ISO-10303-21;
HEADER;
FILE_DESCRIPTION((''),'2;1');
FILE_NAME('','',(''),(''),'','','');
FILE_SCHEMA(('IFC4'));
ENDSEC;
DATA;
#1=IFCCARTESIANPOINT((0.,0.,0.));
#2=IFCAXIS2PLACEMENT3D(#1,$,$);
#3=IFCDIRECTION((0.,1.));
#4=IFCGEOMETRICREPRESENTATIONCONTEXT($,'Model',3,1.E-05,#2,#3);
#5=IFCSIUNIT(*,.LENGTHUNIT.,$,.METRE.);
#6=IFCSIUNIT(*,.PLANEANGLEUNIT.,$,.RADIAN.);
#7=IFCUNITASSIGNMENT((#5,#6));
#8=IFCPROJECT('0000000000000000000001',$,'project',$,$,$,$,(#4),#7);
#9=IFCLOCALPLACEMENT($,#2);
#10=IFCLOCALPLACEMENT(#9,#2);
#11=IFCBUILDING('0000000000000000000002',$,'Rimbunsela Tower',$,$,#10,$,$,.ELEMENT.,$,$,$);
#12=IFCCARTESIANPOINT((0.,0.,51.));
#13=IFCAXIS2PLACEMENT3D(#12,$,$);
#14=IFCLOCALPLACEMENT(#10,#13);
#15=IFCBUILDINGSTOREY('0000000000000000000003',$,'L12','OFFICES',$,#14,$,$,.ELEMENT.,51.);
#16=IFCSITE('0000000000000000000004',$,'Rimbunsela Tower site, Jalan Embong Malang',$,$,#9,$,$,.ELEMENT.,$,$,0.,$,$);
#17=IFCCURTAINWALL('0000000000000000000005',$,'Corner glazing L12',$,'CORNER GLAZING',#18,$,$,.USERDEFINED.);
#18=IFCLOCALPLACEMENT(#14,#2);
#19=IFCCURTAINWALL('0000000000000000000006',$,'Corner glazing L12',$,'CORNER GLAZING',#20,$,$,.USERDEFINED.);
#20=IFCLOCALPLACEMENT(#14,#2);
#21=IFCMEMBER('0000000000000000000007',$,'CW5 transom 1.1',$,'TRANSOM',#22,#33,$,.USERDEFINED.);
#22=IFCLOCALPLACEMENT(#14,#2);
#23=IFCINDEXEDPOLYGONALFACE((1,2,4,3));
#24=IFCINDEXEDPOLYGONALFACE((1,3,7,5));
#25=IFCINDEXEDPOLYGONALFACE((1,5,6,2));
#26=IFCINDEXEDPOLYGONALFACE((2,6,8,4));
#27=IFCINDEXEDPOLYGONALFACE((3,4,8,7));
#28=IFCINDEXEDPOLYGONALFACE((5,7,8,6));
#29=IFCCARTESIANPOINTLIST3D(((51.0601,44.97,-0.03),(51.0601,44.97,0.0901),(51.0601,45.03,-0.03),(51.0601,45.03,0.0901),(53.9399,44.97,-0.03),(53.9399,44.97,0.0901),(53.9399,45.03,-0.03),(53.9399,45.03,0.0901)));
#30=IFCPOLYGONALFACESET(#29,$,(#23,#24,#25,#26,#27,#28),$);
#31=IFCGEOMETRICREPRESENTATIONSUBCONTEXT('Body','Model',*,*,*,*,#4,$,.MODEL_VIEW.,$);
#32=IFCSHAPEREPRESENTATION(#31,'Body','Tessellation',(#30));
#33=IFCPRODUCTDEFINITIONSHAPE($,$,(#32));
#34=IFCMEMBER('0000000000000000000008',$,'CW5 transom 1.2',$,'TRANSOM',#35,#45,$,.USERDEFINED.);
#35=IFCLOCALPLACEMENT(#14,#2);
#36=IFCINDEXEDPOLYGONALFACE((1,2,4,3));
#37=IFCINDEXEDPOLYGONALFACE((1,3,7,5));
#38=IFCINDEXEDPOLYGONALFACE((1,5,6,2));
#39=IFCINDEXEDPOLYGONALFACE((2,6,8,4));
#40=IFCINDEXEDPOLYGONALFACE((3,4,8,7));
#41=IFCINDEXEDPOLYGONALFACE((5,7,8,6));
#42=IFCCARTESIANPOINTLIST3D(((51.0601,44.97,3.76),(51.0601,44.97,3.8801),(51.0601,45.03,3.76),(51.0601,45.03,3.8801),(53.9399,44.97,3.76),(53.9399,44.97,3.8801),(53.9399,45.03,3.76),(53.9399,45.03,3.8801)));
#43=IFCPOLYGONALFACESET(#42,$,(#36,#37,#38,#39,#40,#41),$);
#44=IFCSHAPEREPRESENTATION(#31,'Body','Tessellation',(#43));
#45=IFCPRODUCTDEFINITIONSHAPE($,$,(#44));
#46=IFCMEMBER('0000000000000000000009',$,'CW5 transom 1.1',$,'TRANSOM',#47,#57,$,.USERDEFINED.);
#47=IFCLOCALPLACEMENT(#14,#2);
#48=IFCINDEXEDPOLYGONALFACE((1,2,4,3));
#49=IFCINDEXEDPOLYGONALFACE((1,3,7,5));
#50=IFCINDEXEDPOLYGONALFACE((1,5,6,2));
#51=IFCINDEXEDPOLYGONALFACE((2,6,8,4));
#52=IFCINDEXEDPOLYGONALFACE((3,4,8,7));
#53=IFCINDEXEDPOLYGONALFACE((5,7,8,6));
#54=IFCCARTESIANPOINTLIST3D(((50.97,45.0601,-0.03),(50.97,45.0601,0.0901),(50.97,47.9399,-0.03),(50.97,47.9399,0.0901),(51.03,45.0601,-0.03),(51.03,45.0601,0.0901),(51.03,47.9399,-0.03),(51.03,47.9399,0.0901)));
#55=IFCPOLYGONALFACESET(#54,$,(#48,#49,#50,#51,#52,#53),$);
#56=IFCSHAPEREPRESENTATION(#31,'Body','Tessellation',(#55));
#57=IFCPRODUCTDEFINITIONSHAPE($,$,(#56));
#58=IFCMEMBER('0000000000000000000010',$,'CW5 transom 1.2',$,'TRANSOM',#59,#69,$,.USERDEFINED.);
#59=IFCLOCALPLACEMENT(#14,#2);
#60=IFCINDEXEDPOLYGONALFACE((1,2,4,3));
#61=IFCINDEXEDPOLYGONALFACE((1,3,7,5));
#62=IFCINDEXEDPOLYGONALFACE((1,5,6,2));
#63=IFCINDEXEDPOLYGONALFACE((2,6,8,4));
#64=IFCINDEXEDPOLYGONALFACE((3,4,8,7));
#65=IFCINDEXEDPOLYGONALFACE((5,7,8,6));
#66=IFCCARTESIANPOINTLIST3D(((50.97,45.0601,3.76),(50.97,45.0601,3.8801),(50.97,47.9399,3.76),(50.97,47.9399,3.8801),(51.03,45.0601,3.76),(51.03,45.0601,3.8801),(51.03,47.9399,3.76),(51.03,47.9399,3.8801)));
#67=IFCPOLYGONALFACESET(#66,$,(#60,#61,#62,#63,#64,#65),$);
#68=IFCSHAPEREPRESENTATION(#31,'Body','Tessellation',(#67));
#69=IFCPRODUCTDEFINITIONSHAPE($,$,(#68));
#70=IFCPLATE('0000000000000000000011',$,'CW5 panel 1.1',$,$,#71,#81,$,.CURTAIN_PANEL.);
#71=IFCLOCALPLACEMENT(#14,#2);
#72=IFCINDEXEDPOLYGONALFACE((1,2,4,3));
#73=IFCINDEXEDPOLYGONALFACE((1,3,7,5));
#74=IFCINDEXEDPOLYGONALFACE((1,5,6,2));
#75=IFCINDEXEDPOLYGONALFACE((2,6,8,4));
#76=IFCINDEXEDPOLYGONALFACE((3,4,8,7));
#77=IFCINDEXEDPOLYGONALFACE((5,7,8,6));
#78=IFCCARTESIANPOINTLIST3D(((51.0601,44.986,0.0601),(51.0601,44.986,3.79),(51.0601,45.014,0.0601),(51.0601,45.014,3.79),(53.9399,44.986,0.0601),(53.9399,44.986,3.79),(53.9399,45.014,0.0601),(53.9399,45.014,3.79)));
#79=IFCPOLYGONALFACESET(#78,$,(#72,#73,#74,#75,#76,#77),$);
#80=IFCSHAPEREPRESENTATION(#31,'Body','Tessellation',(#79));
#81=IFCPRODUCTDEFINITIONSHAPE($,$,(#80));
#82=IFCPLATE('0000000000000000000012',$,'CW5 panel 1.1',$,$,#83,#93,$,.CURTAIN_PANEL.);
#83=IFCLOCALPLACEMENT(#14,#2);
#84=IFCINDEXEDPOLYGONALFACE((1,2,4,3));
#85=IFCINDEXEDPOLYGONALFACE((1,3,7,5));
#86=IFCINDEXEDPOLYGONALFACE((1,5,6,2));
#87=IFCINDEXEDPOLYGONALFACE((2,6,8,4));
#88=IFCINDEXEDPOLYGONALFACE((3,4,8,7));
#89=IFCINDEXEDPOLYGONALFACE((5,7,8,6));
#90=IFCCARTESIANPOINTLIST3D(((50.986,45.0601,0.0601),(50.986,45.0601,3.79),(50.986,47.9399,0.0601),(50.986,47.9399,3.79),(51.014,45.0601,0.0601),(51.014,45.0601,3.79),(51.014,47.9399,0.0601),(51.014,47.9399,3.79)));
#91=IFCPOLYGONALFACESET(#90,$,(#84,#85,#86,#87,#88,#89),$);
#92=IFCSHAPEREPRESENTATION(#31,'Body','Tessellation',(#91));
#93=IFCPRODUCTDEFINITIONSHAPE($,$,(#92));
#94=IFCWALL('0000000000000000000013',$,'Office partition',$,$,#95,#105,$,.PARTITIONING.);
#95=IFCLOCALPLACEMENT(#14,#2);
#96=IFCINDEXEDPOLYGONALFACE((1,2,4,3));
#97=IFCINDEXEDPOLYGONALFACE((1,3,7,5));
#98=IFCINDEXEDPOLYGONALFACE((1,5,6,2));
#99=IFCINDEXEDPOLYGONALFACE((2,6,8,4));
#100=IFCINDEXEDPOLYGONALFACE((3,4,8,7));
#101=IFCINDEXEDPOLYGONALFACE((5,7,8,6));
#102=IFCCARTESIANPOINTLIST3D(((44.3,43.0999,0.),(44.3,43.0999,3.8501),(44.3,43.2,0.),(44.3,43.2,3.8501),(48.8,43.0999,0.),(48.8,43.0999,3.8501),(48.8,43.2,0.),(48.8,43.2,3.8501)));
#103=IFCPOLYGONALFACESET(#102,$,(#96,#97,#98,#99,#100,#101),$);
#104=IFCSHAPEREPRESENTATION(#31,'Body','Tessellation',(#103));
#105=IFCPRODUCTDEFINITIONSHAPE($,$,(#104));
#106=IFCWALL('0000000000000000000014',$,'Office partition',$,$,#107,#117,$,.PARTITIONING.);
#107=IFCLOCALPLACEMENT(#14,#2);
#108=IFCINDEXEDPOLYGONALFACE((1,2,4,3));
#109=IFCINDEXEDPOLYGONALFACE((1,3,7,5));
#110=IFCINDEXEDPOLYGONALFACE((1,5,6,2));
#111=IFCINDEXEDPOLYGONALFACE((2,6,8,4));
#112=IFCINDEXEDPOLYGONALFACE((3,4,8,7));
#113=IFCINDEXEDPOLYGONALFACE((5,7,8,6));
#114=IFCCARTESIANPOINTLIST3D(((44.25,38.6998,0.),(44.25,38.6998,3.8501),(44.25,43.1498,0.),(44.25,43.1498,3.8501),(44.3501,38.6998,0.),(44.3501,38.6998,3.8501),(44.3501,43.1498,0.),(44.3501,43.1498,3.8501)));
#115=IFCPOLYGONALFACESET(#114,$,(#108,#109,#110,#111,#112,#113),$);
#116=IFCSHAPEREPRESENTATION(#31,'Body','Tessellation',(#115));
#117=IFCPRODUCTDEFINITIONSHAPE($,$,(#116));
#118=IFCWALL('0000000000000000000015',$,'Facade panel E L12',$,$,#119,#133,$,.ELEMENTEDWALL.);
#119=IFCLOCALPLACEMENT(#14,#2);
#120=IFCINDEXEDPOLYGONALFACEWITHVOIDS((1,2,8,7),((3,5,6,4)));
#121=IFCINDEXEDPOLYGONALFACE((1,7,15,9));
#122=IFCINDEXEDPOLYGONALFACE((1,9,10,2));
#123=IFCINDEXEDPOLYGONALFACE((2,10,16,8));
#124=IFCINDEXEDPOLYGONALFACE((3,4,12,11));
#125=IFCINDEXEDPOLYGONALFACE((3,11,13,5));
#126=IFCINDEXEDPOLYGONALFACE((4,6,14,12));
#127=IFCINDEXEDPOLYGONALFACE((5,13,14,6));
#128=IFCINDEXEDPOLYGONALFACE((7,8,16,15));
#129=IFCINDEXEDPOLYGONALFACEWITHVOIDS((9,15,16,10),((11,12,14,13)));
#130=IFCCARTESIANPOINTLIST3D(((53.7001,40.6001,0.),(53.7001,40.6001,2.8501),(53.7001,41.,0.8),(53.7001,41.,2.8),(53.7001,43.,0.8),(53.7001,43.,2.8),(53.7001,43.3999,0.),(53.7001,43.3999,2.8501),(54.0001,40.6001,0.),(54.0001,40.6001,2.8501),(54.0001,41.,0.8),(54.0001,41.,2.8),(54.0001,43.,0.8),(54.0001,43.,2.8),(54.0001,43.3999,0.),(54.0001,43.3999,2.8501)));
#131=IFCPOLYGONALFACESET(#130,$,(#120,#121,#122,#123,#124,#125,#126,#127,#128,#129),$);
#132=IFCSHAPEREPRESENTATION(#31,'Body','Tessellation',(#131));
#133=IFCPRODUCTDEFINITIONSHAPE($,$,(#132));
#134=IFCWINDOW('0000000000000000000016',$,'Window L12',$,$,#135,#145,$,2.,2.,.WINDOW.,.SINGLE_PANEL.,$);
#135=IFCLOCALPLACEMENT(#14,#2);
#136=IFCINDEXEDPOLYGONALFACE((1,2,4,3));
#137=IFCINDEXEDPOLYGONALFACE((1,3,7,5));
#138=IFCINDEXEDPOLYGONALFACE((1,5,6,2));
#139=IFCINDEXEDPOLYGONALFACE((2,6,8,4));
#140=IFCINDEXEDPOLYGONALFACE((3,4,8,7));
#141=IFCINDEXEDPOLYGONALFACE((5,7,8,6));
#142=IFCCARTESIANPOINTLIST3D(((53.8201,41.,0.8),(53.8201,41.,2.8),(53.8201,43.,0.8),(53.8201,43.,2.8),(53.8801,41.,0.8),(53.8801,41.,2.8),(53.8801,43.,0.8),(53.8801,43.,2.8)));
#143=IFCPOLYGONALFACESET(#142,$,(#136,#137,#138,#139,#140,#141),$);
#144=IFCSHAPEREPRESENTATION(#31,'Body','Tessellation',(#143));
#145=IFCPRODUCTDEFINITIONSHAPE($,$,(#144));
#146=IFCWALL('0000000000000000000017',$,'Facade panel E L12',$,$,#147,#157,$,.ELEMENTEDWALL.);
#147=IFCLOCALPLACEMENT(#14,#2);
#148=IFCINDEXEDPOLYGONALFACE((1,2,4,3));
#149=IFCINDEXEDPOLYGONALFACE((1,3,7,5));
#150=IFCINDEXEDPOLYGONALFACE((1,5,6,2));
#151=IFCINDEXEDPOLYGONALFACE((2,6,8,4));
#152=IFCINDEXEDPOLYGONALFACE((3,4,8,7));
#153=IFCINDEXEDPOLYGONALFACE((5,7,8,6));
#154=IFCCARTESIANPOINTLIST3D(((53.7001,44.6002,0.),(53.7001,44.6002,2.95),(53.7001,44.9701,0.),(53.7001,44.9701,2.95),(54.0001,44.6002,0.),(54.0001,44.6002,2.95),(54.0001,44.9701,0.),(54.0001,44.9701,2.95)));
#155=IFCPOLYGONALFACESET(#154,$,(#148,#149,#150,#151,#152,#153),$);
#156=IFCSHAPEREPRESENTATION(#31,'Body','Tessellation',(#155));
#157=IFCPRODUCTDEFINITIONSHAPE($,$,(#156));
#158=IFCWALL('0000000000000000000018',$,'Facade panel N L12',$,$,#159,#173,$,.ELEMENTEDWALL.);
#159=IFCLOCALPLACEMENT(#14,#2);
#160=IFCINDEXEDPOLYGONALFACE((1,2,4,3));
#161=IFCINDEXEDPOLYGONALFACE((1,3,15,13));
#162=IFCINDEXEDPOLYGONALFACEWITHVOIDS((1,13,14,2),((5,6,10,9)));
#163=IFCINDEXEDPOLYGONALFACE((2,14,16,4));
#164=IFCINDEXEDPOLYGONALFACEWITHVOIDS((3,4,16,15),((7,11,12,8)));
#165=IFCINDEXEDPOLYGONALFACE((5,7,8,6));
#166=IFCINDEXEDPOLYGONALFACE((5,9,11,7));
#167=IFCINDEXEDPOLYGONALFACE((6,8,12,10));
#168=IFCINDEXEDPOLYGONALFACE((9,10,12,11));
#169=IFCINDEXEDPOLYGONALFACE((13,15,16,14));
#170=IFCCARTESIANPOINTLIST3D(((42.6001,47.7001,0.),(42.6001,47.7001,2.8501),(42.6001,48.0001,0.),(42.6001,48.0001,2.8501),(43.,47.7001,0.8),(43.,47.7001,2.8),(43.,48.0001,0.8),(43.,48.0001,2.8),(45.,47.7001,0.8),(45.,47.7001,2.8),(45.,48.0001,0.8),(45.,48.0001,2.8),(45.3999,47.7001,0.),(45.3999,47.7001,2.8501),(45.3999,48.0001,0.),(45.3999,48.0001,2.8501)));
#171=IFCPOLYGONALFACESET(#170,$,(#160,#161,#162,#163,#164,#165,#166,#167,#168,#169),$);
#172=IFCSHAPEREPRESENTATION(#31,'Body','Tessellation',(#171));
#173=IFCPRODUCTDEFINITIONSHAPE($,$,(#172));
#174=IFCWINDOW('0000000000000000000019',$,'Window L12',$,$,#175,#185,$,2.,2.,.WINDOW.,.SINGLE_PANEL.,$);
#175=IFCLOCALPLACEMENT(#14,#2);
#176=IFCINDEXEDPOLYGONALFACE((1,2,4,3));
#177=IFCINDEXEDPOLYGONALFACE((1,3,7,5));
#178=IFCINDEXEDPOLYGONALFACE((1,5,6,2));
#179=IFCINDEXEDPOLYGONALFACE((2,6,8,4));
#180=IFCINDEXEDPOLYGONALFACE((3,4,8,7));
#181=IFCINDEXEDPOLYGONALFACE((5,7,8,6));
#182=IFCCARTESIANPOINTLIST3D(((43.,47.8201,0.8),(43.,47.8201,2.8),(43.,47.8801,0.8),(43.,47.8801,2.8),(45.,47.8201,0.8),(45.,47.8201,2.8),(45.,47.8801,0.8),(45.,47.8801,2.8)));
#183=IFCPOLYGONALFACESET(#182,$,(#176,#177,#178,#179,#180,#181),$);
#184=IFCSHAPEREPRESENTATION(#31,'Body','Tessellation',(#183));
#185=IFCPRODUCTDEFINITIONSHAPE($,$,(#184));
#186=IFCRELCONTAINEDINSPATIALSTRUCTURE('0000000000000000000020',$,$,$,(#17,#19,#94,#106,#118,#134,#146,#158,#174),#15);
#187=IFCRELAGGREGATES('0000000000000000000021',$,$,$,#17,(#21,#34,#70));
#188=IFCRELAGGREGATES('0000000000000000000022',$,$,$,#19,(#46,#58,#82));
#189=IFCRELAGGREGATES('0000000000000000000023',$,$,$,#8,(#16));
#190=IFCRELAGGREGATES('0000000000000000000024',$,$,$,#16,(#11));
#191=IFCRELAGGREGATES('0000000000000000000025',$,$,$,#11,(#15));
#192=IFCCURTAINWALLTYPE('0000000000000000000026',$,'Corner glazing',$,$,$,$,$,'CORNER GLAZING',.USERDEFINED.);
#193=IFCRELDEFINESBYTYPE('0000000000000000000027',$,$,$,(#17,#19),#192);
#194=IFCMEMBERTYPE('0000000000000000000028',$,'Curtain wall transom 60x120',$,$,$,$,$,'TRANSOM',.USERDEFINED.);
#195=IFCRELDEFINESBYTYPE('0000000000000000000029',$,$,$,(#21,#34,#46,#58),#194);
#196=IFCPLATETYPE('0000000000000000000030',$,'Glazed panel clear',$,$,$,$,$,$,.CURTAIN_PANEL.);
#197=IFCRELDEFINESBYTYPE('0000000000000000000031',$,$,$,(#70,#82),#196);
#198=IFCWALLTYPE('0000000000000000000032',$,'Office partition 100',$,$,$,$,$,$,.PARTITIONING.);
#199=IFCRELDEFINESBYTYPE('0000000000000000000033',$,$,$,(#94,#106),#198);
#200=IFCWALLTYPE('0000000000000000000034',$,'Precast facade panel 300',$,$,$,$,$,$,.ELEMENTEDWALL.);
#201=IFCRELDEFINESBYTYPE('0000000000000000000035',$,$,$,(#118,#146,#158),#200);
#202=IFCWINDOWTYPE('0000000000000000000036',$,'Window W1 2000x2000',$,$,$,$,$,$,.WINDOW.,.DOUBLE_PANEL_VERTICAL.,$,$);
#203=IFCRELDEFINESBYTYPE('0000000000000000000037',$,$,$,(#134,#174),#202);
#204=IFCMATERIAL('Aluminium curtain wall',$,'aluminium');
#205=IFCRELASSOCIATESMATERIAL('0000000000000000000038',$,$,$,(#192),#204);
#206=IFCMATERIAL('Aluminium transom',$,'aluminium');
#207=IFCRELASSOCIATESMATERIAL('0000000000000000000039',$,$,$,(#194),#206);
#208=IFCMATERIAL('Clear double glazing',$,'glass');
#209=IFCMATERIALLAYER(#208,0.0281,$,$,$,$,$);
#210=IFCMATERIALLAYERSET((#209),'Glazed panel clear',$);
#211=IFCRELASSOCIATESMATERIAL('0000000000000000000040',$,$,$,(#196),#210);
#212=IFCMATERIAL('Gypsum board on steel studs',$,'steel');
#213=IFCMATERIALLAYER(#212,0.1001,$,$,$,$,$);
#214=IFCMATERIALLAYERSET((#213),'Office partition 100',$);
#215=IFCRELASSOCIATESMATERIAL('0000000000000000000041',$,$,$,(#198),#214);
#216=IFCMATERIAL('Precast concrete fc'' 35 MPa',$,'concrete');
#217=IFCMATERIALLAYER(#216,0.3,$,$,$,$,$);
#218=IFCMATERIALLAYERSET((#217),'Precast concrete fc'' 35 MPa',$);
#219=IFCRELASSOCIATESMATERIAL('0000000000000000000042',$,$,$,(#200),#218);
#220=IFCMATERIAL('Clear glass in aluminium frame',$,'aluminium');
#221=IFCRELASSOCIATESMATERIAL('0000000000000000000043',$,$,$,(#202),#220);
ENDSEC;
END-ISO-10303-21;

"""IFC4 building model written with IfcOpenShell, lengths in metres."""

from ifc_helpers import new_model, si_unit, direction, frame, frame_2d, origin, origin_2d, place, context, subcontext, project, spatial, rectangle, extrude, material, layer, layer_set, material_profile, profile_set, type_object, element, fill, aggregate, save


model = new_model("IFC4")

# Units and contexts
model_context = context("Model", 3, precision=1e-05, world=origin(), true_north=direction((0.0, 1.0)))
body_context = subcontext(model_context, "Body", "Model", "MODEL_VIEW")
ifc_project = project(units=[si_unit("LENGTHUNIT", "METRE"), si_unit("PLANEANGLEUNIT", "RADIAN")], contexts=[model_context])

# Site, building, storey
site_placement = place(None, origin())
site = spatial("IfcSite", under=ifc_project, at=site_placement, Name="Rimbunsela Tower site, Jalan Embong Malang", CompositionType="ELEMENT", RefElevation=0.0)
building_placement = place(site_placement, origin())
building = spatial("IfcBuilding", under=site, at=building_placement, Name="Rimbunsela Tower", CompositionType="ELEMENT")
storey_placement = place(building_placement, frame((0.0, 0.0, 51.0)))
storey = spatial("IfcBuildingStorey", under=building, at=storey_placement, Name="L12", Description="OFFICES", CompositionType="ELEMENT", Elevation=51.0)

# Curtain walls
ifc_material_1 = material(Name="Aluminium curtain wall", Category="aluminium")
curtain_wall_type = type_object("IfcCurtainWallType", Name="Corner glazing", ElementType="CORNER GLAZING", PredefinedType="USERDEFINED", material=ifc_material_1)
curtain_wall_1_placement = place(storey_placement, origin())
curtain_wall_1 = element("IfcCurtainWall", 1, at=curtain_wall_1_placement, inside=storey, type_object=curtain_wall_type, Name="Corner glazing L12", ObjectType="CORNER GLAZING", PredefinedType="USERDEFINED")
curtain_wall_2_placement = place(storey_placement, origin())
curtain_wall_2 = element("IfcCurtainWall", 2, at=curtain_wall_2_placement, inside=storey, type_object=curtain_wall_type, Name="Corner glazing L12", ObjectType="CORNER GLAZING", PredefinedType="USERDEFINED")

# Members
ifc_material_2 = material(Name="Aluminium transom", Category="aluminium")
ifc_material_profile_1 = material_profile(ifc_material_2, rectangle(XDim=0.0601, YDim=0.1201, at=origin_2d()), Name="Transom 60x120")
ifc_profile_set_1 = profile_set([ifc_material_profile_1], Name="Aluminium transom")
member_type_1 = type_object("IfcMemberType", Name="Curtain wall transom 60x120", ElementType="TRANSOM", PredefinedType="USERDEFINED", material=ifc_profile_set_1)
member_1_placement = place(storey_placement, frame((53.9399, 45.0, 0.03), z_axis=(-1.0, 0.0, 0.0), x_axis=(0.0, -1.0, 0.0)))
member_1 = element("IfcMember", 3, at=member_1_placement, type_object=member_type_1, Name="CW5 transom 1.1", ObjectType="TRANSOM", PredefinedType="USERDEFINED", context=body_context, shape_type="SweptSolid", body=[
    extrude(rectangle(XDim=0.0601, YDim=0.1201, at=origin_2d()), origin(), (0.0, 0.0, 1.0), 2.8799),
])
member_2_placement = place(storey_placement, frame((53.9399, 45.0, 3.8201), z_axis=(-1.0, 0.0, 0.0), x_axis=(0.0, -1.0, 0.0)))
member_2 = element("IfcMember", 4, at=member_2_placement, type_object=member_type_1, Name="CW5 transom 1.2", ObjectType="TRANSOM", PredefinedType="USERDEFINED", context=body_context, shape_type="SweptSolid", body=[
    extrude(rectangle(XDim=0.0601, YDim=0.1201, at=origin_2d()), origin(), (0.0, 0.0, 1.0), 2.8799),
])
member_3_placement = place(storey_placement, frame((51.0, 45.0601, 0.03), z_axis=(0.0, 1.0, 0.0), x_axis=(-1.0, 0.0, 0.0)))
member_3 = element("IfcMember", 5, at=member_3_placement, type_object=member_type_1, Name="CW5 transom 1.1", ObjectType="TRANSOM", PredefinedType="USERDEFINED", context=body_context, shape_type="SweptSolid", body=[
    extrude(rectangle(XDim=0.0601, YDim=0.1201, at=origin_2d()), origin(), (0.0, 0.0, 1.0), 2.8799),
])
member_4_placement = place(storey_placement, frame((51.0, 45.0601, 3.8201), z_axis=(0.0, 1.0, 0.0), x_axis=(-1.0, 0.0, 0.0)))
member_4 = element("IfcMember", 6, at=member_4_placement, type_object=member_type_1, Name="CW5 transom 1.2", ObjectType="TRANSOM", PredefinedType="USERDEFINED", context=body_context, shape_type="SweptSolid", body=[
    extrude(rectangle(XDim=0.0601, YDim=0.1201, at=origin_2d()), origin(), (0.0, 0.0, 1.0), 2.8799),
])

# Plates
ifc_material_3 = material(Name="Clear double glazing", Category="glass")
ifc_layer_1 = layer(ifc_material_3, 0.0281)
ifc_layer_set_1 = layer_set([ifc_layer_1], Name="Glazed panel clear")
plate_type = type_object("IfcPlateType", Name="Glazed panel clear", PredefinedType="CURTAIN_PANEL", material=ifc_layer_set_1)
plate_1_placement = place(storey_placement, frame((52.5, 45.0, 0.0601), z_axis=(0.0, 0.0, 1.0), x_axis=(-1.0, 0.0, 0.0)))
plate_1 = element("IfcPlate", 7, at=plate_1_placement, type_object=plate_type, Name="CW5 panel 1.1", PredefinedType="CURTAIN_PANEL", context=body_context, shape_type="SweptSolid", body=[
    extrude(rectangle(XDim=2.8799, YDim=0.0281, at=origin_2d()), origin(), (0.0, 0.0, 1.0), 3.73),
])
aggregate(curtain_wall_1, [member_1, member_2, plate_1])
plate_2_placement = place(storey_placement, frame((51.0, 46.5, 0.0601), z_axis=(0.0, 0.0, 1.0), x_axis=(0.0, 1.0, 0.0)))
plate_2 = element("IfcPlate", 8, at=plate_2_placement, type_object=plate_type, Name="CW5 panel 1.1", PredefinedType="CURTAIN_PANEL", context=body_context, shape_type="SweptSolid", body=[
    extrude(rectangle(XDim=2.8799, YDim=0.0281, at=origin_2d()), origin(), (0.0, 0.0, 1.0), 3.73),
])
aggregate(curtain_wall_2, [member_3, member_4, plate_2])

# Walls
ifc_material_4 = material(Name="Gypsum board on steel studs", Category="steel")
ifc_layer_2 = layer(ifc_material_4, 0.1001)
ifc_layer_set_2 = layer_set([ifc_layer_2], Name="Office partition 100")
wall_type_1 = type_object("IfcWallType", Name="Office partition 100", PredefinedType="PARTITIONING", material=ifc_layer_set_2)
wall_1_placement = place(storey_placement, frame((48.8, 43.1499, 0.0), z_axis=(0.0, 0.0, 1.0), x_axis=(-1.0, 0.0, 0.0)))
element("IfcWall", 9, at=wall_1_placement, inside=storey, type_object=wall_type_1, Name="Office partition", PredefinedType="PARTITIONING", context=body_context, shape_type="SweptSolid", body=[
    extrude(rectangle(XDim=4.5, YDim=0.1001, at=frame_2d((2.25, 0.0))), origin(), (0.0, 0.0, 1.0), 3.8501),
])
wall_2_placement = place(storey_placement, frame((44.3, 43.1499, 0.0), z_axis=(0.0, 0.0, 1.0), x_axis=(0.0, -1.0, 0.0)))
element("IfcWall", 10, at=wall_2_placement, inside=storey, type_object=wall_type_1, Name="Office partition", PredefinedType="PARTITIONING", context=body_context, shape_type="SweptSolid", body=[
    extrude(rectangle(XDim=4.45, YDim=0.1001, at=frame_2d((2.2251, 0.0))), origin(), (0.0, 0.0, 1.0), 3.8501),
])

# Wall, opening, window
ifc_material_5 = material(Name="Precast concrete fc' 35 MPa", Category="concrete")
ifc_layer_3 = layer(ifc_material_5, 0.3)
ifc_layer_set_3 = layer_set([ifc_layer_3], Name="Precast concrete fc' 35 MPa")
wall_type_2 = type_object("IfcWallType", Name="Precast facade panel 300", PredefinedType="ELEMENTEDWALL", material=ifc_layer_set_3)
wall_3_placement = place(storey_placement, frame((53.8501, 40.6001, 0.0), z_axis=(0.0, 0.0, 1.0), x_axis=(0.0, 1.0, 0.0)))
wall_3 = element("IfcWall", 11, at=wall_3_placement, inside=storey, type_object=wall_type_2, Name="Facade panel E L12", PredefinedType="ELEMENTEDWALL", context=body_context, shape_type="SweptSolid", body=[
    extrude(rectangle(XDim=2.7998, YDim=0.3, at=frame_2d((1.3999, 0.0))), origin(), (0.0, 0.0, 1.0), 2.8501),
])
opening_1_placement = place(wall_3_placement, frame((0.3999, 0.0, 0.8)))
opening_1 = element("IfcOpeningElement", 12, at=opening_1_placement, cuts=wall_3, PredefinedType="OPENING", context=body_context, shape_type="SweptSolid", body=[
    extrude(rectangle(XDim=2.0, YDim=2.0, at=frame_2d((1.0, 1.0))), frame((0.0, 0.1599, 0.0), z_axis=(0.0, -1.0, 0.0), x_axis=(1.0, 0.0, 0.0)), (0.0, 0.0, 1.0), 0.3201),
])
ifc_material_6 = material(Name="Clear glass in aluminium frame", Category="aluminium")
window_type = type_object("IfcWindowType", Name="Window W1 2000x2000", PartitioningType="DOUBLE_PANEL_VERTICAL", PredefinedType="WINDOW", material=ifc_material_6)
window_1_placement = place(opening_1_placement, origin())
window_1 = element("IfcWindow", 13, at=window_1_placement, inside=storey, type_object=window_type, Name="Window L12", OverallHeight=2.0, OverallWidth=2.0, PartitioningType="SINGLE_PANEL", PredefinedType="WINDOW", context=body_context, shape_type="SweptSolid", body=[
    extrude(rectangle(XDim=2.0, YDim=2.0, at=frame_2d((1.0, 1.0))), frame((0.0, 0.03, 0.0), z_axis=(0.0, -1.0, 0.0), x_axis=(1.0, 0.0, 0.0)), (0.0, 0.0, 1.0), 0.0601),
])
fill(opening_1, window_1)

# Wall
wall_4_placement = place(storey_placement, frame((53.8501, 44.6001, 0.0), z_axis=(0.0, 0.0, 1.0), x_axis=(0.0, 1.0, 0.0)))
element("IfcWall", 14, at=wall_4_placement, inside=storey, type_object=wall_type_2, Name="Facade panel E L12", PredefinedType="ELEMENTEDWALL", context=body_context, shape_type="SweptSolid", body=[
    extrude(rectangle(XDim=0.3699, YDim=0.3, at=frame_2d((0.1851, 0.0))), origin(), (0.0, 0.0, 1.0), 2.95),
])

# Wall, opening, window
wall_5_placement = place(storey_placement, frame((45.3999, 47.8501, 0.0), z_axis=(0.0, 0.0, 1.0), x_axis=(-1.0, 0.0, 0.0)))
wall_5 = element("IfcWall", 15, at=wall_5_placement, inside=storey, type_object=wall_type_2, Name="Facade panel N L12", PredefinedType="ELEMENTEDWALL", context=body_context, shape_type="SweptSolid", body=[
    extrude(rectangle(XDim=2.7998, YDim=0.3, at=frame_2d((1.3999, 0.0))), origin(), (0.0, 0.0, 1.0), 2.8501),
])
opening_2_placement = place(wall_5_placement, frame((0.3999, 0.0, 0.8)))
opening_2 = element("IfcOpeningElement", 16, at=opening_2_placement, cuts=wall_5, PredefinedType="OPENING", context=body_context, shape_type="SweptSolid", body=[
    extrude(rectangle(XDim=2.0, YDim=2.0, at=frame_2d((1.0, 1.0))), frame((0.0, 0.1599, 0.0), z_axis=(0.0, -1.0, 0.0), x_axis=(1.0, 0.0, 0.0)), (0.0, 0.0, 1.0), 0.3201),
])
window_2_placement = place(opening_2_placement, origin())
window_2 = element("IfcWindow", 17, at=window_2_placement, inside=storey, type_object=window_type, Name="Window L12", OverallHeight=2.0, OverallWidth=2.0, PartitioningType="SINGLE_PANEL", PredefinedType="WINDOW", context=body_context, shape_type="SweptSolid", body=[
    extrude(rectangle(XDim=2.0, YDim=2.0, at=frame_2d((1.0, 1.0))), frame((0.0, 0.03, 0.0), z_axis=(0.0, -1.0, 0.0), x_axis=(1.0, 0.0, 0.0)), (0.0, 0.0, 1.0), 0.0601),
])
fill(opening_2, window_2)

save(model, "model.ifc")
